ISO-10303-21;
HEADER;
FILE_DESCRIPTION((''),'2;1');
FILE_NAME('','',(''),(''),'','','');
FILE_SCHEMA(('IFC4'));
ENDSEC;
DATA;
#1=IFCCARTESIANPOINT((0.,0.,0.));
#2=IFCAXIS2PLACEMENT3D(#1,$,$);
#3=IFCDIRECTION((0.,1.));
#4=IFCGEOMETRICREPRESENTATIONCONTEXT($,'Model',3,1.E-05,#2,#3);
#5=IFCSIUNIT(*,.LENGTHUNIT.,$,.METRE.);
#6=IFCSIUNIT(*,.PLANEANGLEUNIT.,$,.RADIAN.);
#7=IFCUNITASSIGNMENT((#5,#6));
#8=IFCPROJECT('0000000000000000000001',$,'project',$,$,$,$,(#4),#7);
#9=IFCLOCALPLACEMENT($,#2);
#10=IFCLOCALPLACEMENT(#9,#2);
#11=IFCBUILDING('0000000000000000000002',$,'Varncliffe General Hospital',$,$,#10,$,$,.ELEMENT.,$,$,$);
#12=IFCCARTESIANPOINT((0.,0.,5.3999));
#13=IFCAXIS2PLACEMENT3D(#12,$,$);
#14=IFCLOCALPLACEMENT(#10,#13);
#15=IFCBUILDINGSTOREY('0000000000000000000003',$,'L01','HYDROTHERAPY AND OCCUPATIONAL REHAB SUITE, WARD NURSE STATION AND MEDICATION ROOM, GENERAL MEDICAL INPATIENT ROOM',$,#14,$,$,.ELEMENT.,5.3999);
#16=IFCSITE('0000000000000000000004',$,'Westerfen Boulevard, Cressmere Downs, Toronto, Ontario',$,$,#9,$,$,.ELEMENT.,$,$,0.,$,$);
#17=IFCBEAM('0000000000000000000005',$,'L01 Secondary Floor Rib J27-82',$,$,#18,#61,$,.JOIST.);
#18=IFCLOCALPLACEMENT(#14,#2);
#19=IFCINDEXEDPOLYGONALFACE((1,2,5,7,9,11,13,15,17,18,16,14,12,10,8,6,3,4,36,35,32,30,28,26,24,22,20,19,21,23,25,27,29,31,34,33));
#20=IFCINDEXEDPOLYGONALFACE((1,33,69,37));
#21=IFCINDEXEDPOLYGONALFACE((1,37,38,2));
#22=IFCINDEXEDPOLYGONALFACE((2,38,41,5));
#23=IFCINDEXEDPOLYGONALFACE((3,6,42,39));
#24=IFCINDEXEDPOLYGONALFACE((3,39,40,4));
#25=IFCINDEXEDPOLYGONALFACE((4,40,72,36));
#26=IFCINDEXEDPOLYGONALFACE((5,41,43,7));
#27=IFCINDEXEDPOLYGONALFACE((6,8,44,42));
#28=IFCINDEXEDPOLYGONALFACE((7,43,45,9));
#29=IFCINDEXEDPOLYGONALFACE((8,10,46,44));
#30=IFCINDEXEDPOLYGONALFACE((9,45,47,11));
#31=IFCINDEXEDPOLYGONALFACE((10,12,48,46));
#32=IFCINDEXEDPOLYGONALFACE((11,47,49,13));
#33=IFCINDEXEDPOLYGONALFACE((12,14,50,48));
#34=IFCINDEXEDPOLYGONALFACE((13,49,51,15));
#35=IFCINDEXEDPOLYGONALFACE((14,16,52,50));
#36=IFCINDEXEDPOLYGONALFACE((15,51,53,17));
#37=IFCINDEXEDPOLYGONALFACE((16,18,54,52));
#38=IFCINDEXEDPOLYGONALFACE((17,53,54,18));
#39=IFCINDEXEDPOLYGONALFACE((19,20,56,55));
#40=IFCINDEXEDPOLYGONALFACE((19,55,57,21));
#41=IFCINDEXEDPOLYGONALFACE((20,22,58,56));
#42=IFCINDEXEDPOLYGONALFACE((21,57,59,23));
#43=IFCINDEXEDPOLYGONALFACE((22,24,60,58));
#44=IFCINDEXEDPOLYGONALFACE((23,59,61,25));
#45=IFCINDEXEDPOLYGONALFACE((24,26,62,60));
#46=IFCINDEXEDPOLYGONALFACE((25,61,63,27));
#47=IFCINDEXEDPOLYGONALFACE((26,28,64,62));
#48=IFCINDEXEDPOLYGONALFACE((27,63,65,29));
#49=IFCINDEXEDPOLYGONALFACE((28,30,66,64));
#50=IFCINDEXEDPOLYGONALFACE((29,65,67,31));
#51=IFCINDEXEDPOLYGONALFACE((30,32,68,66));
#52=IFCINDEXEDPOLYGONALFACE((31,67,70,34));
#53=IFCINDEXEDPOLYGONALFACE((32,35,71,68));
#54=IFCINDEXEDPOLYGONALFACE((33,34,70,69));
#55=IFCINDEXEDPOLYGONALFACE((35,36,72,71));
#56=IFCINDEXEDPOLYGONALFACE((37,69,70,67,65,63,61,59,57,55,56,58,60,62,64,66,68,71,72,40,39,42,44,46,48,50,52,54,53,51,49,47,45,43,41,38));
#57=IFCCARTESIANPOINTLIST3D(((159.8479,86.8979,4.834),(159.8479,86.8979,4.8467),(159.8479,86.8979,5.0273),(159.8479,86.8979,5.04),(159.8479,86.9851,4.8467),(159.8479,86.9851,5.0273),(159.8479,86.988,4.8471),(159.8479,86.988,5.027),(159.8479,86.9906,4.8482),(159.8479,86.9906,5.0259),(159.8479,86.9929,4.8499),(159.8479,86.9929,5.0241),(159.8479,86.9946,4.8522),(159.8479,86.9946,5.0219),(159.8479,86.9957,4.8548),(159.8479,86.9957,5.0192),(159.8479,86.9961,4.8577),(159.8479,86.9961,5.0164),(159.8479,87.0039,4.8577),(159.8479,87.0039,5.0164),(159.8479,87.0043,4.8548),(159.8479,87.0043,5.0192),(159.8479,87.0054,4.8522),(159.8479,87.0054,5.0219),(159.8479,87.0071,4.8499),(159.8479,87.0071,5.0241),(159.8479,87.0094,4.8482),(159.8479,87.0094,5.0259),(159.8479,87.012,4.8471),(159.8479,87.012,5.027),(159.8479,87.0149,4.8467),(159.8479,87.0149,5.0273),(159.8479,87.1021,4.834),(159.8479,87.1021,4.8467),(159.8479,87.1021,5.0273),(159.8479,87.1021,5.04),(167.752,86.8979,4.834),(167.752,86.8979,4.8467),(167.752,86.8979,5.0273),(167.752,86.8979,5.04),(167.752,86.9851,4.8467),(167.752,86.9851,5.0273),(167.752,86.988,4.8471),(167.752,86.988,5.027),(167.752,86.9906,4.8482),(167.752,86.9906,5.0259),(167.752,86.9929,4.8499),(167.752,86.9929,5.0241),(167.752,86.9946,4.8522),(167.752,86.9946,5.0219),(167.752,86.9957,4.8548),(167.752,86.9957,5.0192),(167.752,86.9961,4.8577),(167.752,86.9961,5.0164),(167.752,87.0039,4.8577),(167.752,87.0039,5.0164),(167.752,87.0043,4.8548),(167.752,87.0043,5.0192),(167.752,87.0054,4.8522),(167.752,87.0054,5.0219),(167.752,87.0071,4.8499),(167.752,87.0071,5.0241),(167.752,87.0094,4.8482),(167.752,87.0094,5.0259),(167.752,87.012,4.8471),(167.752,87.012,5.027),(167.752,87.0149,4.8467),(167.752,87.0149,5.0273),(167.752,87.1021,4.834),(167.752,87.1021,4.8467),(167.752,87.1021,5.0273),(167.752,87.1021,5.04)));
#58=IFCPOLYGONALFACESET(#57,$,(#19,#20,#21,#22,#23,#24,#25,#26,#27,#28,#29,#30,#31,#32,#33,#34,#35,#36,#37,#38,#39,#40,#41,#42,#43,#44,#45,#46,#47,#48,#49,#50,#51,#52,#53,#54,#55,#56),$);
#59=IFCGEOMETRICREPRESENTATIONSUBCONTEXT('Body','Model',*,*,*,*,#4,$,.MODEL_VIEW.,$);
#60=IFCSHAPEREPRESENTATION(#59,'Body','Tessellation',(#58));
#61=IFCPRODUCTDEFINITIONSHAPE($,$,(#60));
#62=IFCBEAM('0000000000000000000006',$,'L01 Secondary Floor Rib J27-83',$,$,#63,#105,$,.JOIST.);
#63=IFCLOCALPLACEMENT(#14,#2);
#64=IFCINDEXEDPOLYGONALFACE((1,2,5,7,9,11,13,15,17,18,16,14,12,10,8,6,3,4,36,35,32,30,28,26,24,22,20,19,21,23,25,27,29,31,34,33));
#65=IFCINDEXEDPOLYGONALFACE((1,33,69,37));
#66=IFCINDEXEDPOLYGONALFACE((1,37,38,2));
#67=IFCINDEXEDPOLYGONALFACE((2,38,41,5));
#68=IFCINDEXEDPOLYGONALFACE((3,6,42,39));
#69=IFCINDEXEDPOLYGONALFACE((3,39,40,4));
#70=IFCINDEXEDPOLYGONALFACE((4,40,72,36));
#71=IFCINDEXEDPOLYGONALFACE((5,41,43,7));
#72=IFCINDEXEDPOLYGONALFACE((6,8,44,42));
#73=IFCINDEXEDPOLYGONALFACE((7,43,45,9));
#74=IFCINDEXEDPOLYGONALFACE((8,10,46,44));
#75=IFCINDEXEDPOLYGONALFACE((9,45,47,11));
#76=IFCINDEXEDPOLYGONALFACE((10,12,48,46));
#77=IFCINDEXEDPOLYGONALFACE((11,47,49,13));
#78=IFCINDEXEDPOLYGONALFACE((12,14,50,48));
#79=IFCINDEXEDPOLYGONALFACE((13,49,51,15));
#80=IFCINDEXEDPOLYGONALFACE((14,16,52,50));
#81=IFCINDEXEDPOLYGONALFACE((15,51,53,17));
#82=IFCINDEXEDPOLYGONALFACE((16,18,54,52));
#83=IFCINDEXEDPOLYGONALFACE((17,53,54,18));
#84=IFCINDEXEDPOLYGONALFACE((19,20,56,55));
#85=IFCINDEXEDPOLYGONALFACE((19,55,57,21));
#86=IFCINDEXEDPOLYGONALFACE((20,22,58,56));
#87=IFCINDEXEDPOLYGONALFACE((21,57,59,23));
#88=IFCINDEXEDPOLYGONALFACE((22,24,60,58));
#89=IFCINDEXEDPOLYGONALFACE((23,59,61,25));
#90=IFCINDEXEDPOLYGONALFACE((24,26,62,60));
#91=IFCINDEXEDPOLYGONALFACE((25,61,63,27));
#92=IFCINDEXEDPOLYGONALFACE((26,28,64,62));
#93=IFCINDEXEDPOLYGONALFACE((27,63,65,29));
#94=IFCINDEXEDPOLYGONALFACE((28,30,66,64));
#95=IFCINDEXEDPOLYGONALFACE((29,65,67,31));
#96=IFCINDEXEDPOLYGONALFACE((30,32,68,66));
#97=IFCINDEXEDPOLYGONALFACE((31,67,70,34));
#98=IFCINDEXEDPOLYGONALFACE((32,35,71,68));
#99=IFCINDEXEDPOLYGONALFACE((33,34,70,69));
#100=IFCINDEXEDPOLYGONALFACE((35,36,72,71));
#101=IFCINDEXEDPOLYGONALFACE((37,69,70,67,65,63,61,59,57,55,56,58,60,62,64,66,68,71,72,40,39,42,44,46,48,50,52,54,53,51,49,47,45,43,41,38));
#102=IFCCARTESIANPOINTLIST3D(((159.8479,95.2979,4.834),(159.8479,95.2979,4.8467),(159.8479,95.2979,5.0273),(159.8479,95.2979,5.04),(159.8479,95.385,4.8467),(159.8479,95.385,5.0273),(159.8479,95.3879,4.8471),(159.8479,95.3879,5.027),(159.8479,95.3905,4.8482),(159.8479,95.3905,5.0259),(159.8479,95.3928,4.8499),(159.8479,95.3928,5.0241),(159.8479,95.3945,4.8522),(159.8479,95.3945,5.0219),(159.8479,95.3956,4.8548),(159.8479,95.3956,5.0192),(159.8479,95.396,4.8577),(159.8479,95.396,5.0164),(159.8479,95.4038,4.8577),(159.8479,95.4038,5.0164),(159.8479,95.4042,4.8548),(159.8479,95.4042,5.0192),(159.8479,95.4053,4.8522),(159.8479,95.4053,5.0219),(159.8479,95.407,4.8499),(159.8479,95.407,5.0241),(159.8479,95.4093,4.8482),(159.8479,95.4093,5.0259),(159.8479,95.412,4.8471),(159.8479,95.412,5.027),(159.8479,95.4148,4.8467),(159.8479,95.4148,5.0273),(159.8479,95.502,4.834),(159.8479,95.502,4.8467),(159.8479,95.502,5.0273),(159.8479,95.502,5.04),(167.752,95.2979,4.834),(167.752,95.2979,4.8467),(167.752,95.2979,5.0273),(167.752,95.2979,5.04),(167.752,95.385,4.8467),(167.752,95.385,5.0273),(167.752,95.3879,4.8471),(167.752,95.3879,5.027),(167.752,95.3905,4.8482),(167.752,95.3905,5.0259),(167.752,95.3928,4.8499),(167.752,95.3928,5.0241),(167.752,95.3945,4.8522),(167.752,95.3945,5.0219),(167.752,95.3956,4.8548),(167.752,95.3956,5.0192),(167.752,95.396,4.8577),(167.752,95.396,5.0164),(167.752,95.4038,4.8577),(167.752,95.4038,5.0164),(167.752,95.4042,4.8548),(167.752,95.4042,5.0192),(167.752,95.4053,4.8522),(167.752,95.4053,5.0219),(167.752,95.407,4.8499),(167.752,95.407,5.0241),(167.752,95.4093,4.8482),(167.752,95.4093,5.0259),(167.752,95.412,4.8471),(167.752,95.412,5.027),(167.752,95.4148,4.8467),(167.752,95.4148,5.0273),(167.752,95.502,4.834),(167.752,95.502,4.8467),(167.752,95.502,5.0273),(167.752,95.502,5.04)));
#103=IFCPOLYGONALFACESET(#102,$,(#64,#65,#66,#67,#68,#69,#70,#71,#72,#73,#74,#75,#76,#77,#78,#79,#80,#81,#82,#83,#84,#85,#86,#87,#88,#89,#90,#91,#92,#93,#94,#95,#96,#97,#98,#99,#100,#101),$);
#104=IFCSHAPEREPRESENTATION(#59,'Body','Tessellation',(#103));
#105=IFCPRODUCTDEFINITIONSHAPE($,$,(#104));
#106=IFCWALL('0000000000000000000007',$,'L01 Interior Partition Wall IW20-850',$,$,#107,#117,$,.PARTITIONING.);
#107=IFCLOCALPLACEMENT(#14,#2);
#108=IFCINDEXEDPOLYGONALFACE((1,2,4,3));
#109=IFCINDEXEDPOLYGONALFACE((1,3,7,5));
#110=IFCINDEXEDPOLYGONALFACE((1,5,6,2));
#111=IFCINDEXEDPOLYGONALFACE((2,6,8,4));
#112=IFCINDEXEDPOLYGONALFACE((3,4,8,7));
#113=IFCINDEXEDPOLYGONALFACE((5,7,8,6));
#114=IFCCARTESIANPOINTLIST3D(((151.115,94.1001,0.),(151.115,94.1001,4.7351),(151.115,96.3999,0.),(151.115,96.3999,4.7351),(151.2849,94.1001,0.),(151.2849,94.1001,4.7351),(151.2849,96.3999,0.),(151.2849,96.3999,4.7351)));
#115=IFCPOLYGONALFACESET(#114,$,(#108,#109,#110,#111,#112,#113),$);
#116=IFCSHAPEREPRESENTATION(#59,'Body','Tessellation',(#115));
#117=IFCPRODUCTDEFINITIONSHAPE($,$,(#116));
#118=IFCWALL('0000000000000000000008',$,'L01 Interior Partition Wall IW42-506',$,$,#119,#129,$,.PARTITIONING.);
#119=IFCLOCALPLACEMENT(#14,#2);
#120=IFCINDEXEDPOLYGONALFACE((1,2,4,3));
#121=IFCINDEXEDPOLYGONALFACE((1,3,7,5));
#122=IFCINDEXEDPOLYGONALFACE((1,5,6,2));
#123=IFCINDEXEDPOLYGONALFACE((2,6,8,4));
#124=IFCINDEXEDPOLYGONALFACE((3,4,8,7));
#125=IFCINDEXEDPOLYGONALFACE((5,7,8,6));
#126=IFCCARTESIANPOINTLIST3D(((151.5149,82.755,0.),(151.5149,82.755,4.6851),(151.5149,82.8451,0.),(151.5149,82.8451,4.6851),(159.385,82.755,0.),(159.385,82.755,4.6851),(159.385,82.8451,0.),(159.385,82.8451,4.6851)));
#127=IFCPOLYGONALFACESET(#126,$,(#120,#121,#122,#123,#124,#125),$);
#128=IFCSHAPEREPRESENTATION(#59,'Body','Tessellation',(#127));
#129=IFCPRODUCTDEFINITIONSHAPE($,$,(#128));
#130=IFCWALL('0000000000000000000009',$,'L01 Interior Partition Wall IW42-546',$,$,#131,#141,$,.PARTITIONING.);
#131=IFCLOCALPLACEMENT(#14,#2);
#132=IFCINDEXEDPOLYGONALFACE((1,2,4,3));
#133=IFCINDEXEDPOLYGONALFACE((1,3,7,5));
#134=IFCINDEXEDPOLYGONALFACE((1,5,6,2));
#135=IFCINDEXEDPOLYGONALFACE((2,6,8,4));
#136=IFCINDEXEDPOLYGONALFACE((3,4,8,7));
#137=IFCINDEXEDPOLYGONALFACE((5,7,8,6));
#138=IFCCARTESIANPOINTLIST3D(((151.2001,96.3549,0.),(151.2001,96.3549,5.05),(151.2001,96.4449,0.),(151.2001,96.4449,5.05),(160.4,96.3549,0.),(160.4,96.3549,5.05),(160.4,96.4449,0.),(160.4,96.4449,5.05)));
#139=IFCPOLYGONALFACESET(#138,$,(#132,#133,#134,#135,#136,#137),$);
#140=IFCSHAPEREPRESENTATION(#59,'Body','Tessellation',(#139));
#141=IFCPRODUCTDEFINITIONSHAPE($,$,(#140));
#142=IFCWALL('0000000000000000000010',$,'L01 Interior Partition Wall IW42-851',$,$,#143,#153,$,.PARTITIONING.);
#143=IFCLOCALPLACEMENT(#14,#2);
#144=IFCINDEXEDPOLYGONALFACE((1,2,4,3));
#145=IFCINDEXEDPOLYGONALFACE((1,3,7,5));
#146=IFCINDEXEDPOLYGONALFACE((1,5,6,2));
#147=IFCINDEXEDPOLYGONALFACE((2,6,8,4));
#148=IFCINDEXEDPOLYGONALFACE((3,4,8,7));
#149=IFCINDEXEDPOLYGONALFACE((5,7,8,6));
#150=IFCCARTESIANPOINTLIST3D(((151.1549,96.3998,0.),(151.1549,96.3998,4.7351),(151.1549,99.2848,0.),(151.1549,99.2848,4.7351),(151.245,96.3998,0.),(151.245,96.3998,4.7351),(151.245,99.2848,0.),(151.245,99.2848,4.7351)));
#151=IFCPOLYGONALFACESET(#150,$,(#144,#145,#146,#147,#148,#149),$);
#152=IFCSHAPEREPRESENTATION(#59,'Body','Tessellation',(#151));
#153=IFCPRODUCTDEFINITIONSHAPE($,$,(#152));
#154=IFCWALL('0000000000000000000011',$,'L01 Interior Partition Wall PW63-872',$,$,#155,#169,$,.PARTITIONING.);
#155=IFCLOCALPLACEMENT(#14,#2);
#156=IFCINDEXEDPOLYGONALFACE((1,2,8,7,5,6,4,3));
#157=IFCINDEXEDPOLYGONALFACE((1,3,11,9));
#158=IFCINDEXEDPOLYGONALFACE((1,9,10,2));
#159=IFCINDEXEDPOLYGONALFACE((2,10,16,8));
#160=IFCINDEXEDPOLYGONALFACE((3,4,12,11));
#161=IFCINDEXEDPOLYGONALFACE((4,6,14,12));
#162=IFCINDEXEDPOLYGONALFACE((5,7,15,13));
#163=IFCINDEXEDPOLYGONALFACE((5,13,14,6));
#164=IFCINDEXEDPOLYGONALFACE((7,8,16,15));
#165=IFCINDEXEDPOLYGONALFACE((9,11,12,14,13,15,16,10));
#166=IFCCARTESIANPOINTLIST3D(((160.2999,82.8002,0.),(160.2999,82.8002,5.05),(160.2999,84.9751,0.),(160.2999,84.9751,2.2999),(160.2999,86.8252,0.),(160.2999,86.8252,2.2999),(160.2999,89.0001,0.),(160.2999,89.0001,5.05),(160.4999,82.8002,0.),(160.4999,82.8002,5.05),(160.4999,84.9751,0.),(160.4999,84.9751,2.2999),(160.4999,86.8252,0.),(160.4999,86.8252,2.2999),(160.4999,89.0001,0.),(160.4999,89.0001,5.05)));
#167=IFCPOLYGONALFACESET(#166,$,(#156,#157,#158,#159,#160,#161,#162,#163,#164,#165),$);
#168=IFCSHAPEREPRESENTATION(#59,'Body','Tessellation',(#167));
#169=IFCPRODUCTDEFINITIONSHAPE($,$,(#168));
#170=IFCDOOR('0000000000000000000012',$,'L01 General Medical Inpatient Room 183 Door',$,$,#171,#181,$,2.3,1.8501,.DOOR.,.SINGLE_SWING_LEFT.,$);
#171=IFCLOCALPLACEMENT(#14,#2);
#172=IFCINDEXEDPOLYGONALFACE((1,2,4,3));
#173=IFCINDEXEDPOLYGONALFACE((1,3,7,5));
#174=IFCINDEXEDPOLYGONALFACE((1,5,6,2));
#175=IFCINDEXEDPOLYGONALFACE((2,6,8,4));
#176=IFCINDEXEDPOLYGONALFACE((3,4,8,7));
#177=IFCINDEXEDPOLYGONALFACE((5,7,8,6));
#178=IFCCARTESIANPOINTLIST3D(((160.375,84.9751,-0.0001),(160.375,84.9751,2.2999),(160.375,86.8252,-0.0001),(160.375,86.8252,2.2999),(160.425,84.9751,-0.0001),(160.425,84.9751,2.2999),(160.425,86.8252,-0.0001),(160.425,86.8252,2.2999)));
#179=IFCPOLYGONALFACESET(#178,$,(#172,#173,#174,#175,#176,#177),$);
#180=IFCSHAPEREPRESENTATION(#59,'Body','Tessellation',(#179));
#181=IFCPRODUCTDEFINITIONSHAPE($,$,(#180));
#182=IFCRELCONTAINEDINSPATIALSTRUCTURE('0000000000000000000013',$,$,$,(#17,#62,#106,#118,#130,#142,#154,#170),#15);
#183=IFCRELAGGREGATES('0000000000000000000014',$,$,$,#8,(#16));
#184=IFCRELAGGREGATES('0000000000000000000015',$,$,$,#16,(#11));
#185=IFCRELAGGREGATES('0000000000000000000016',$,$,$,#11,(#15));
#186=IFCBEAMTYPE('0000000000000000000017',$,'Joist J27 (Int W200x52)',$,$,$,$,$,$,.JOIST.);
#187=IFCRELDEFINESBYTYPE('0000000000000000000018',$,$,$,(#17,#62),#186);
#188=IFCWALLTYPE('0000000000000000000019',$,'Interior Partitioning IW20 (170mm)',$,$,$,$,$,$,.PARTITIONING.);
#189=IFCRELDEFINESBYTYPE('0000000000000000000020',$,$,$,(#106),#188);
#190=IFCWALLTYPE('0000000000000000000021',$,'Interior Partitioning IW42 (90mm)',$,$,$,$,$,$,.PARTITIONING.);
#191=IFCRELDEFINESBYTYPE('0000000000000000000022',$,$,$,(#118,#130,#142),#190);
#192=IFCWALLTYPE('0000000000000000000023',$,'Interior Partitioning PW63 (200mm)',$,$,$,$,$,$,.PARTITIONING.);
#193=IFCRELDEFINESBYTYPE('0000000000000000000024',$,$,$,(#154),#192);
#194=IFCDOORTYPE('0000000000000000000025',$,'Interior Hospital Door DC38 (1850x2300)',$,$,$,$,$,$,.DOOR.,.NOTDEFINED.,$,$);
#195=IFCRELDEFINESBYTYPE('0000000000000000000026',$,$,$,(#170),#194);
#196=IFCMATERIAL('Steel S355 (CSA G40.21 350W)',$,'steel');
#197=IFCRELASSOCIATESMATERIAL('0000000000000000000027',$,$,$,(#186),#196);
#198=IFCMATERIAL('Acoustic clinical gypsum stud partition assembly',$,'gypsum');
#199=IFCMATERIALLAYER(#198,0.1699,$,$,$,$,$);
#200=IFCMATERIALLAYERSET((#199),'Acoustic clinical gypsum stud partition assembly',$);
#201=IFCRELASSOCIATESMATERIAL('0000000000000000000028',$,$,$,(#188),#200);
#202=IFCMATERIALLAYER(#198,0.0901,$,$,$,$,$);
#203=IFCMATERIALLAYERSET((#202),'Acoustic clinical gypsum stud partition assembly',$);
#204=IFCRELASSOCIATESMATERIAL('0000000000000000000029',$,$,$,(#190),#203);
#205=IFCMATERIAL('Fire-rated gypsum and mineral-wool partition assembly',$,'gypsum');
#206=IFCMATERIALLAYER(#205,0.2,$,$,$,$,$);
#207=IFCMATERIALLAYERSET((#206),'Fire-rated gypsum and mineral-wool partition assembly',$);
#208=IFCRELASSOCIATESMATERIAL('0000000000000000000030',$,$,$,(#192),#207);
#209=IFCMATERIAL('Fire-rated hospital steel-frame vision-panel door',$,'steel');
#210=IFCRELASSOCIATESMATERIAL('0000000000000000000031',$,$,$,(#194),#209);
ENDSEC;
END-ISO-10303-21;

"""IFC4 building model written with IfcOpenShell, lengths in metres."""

from ifc_helpers import new_model, si_unit, direction, frame, frame_2d, origin, origin_2d, place, context, subcontext, project, spatial, rectangle, i_section, extrude, material, layer, layer_set, material_profile, profile_set, type_object, element, fill, save


model = new_model("IFC4")

# Units and contexts
model_context = context("Model", 3, precision=1e-05, world=origin(), true_north=direction((0.0, 1.0)))
body_context = subcontext(model_context, "Body", "Model", "MODEL_VIEW")
ifc_project = project(units=[si_unit("LENGTHUNIT", "METRE"), si_unit("PLANEANGLEUNIT", "RADIAN")], contexts=[model_context])

# Site, building, storey
site_placement = place(None, origin())
site = spatial("IfcSite", under=ifc_project, at=site_placement, Name="Westerfen Boulevard, Cressmere Downs, Toronto, Ontario", CompositionType="ELEMENT", RefElevation=0.0)
building_placement = place(site_placement, origin())
building = spatial("IfcBuilding", under=site, at=building_placement, Name="Varncliffe General Hospital", CompositionType="ELEMENT")
storey_placement = place(building_placement, frame((0.0, 0.0, 5.3999)))
storey = spatial("IfcBuildingStorey", under=building, at=storey_placement, Name="L01", Description="HYDROTHERAPY AND OCCUPATIONAL REHAB SUITE, WARD NURSE STATION AND MEDICATION ROOM, GENERAL MEDICAL INPATIENT ROOM", CompositionType="ELEMENT", Elevation=5.3999)

# Beams
ifc_material_1 = material(Name="Steel S355 (CSA G40.21 350W)", Category="steel")
ifc_material_profile_1 = material_profile(ifc_material_1, i_section(OverallWidth=0.2041, OverallDepth=0.2061, WebThickness=0.0078, FlangeThickness=0.0127, FilletRadius=0.011, at=origin_2d()), Name="W200x52")
ifc_profile_set_1 = profile_set([ifc_material_profile_1], Name="Steel S355 (CSA G40.21 350W)")
beam_type_1 = type_object("IfcBeamType", Name="Joist J27 (Int W200x52)", PredefinedType="JOIST", material=ifc_profile_set_1)
for number, where, z_axis, x_axis, name in (
    (1, (159.8479, 87.0, 4.937), (1.0, 0.0, 0.0), (0.0, 1.0, 0.0), "L01 Secondary Floor Rib J27-82"),
    (2, (159.8479, 95.3999, 4.937), (1.0, 0.0, 0.0), (0.0, 1.0, 0.0), "L01 Secondary Floor Rib J27-83"),
):
    element("IfcBeam", number, at=place(storey_placement, frame(where, z_axis=z_axis, x_axis=x_axis)), inside=storey, type_object=beam_type_1, Name=name, PredefinedType="JOIST", context=body_context, shape_type="SweptSolid", body=[
        extrude(i_section(OverallWidth=0.2041, OverallDepth=0.2061, WebThickness=0.0078, FlangeThickness=0.0127, FilletRadius=0.011, at=origin_2d()), origin(), (0.0, 0.0, 1.0), 7.9041),
    ])

# Walls
ifc_material_2 = material(Name="Acoustic clinical gypsum stud partition assembly", Category="gypsum")
ifc_layer_1 = layer(ifc_material_2, 0.1699)
ifc_layer_set_1 = layer_set([ifc_layer_1], Name="Acoustic clinical gypsum stud partition assembly")
wall_type_1 = type_object("IfcWallType", Name="Interior Partitioning IW20 (170mm)", PredefinedType="PARTITIONING", material=ifc_layer_set_1)
wall_1_placement = place(storey_placement, frame((151.2, 94.1001, 0.0), z_axis=(0.0, 0.0, 1.0), x_axis=(0.0, 1.0, 0.0)))
element("IfcWall", 3, at=wall_1_placement, inside=storey, type_object=wall_type_1, Name="L01 Interior Partition Wall IW20-850", PredefinedType="PARTITIONING", context=body_context, shape_type="SweptSolid", body=[
    extrude(rectangle(XDim=2.2998, YDim=0.1699, at=frame_2d((1.1499, 0.0))), origin(), (0.0, 0.0, 1.0), 4.7351),
])
ifc_layer_2 = layer(ifc_material_2, 0.0901)
ifc_layer_set_2 = layer_set([ifc_layer_2], Name="Acoustic clinical gypsum stud partition assembly")
wall_type_2 = type_object("IfcWallType", Name="Interior Partitioning IW42 (90mm)", PredefinedType="PARTITIONING", material=ifc_layer_set_2)
wall_2_placement = place(storey_placement, frame((151.5149, 82.8, 0.0), z_axis=(0.0, 0.0, 1.0), x_axis=(1.0, 0.0, 0.0)))
element("IfcWall", 4, at=wall_2_placement, inside=storey, type_object=wall_type_2, Name="L01 Interior Partition Wall IW42-506", PredefinedType="PARTITIONING", context=body_context, shape_type="SweptSolid", body=[
    extrude(rectangle(XDim=7.8701, YDim=0.0901, at=frame_2d((3.9351, 0.0))), origin(), (0.0, 0.0, 1.0), 4.6851),
])
wall_3_placement = place(storey_placement, frame((151.2, 96.3999, 0.0), z_axis=(0.0, 0.0, 1.0), x_axis=(1.0, 0.0, 0.0)))
element("IfcWall", 5, at=wall_3_placement, inside=storey, type_object=wall_type_2, Name="L01 Interior Partition Wall IW42-546", PredefinedType="PARTITIONING", context=body_context, shape_type="SweptSolid", body=[
    extrude(rectangle(XDim=9.2, YDim=0.0901, at=frame_2d((4.6001, 0.0))), origin(), (0.0, 0.0, 1.0), 5.05),
])
wall_4_placement = place(storey_placement, frame((151.2, 96.3999, 0.0), z_axis=(0.0, 0.0, 1.0), x_axis=(0.0, 1.0, 0.0)))
element("IfcWall", 6, at=wall_4_placement, inside=storey, type_object=wall_type_2, Name="L01 Interior Partition Wall IW42-851", PredefinedType="PARTITIONING", context=body_context, shape_type="SweptSolid", body=[
    extrude(rectangle(XDim=2.885, YDim=0.0901, at=frame_2d((1.4424, 0.0))), origin(), (0.0, 0.0, 1.0), 4.7351),
])

# Wall, opening, door
ifc_material_3 = material(Name="Fire-rated gypsum and mineral-wool partition assembly", Category="gypsum")
ifc_layer_3 = layer(ifc_material_3, 0.2)
ifc_layer_set_3 = layer_set([ifc_layer_3], Name="Fire-rated gypsum and mineral-wool partition assembly")
wall_type_3 = type_object("IfcWallType", Name="Interior Partitioning PW63 (200mm)", PredefinedType="PARTITIONING", material=ifc_layer_set_3)
wall_5_placement = place(storey_placement, frame((160.3999, 82.8, 0.0), z_axis=(0.0, 0.0, 1.0), x_axis=(0.0, 1.0, 0.0)))
wall_5 = element("IfcWall", 7, at=wall_5_placement, inside=storey, type_object=wall_type_3, Name="L01 Interior Partition Wall PW63-872", PredefinedType="PARTITIONING", context=body_context, shape_type="SweptSolid", body=[
    extrude(rectangle(XDim=6.2, YDim=0.2, at=frame_2d((3.1001, 0.0))), origin(), (0.0, 0.0, 1.0), 5.05),
])
opening_1_placement = place(wall_5_placement, frame((2.175, 0.0, 0.0)))
opening_1 = element("IfcOpeningElement", 8, at=opening_1_placement, cuts=wall_5, PredefinedType="OPENING", context=body_context, shape_type="SweptSolid", body=[
    extrude(rectangle(XDim=1.8501, YDim=2.3, at=frame_2d((0.925, 1.1499))), frame((0.0, 0.1099, 0.0), z_axis=(0.0, -1.0, 0.0), x_axis=(1.0, 0.0, 0.0)), (0.0, 0.0, 1.0), 0.22),
])
ifc_material_4 = material(Name="Fire-rated hospital steel-frame vision-panel door", Category="steel")
door_type_1 = type_object("IfcDoorType", Name="Interior Hospital Door DC38 (1850x2300)", OperationType="NOTDEFINED", PredefinedType="DOOR", material=ifc_material_4)
door_1_placement = place(opening_1_placement, origin())
door_1 = element("IfcDoor", 9, at=door_1_placement, inside=storey, type_object=door_type_1, Name="L01 General Medical Inpatient Room 183 Door", OperationType="SINGLE_SWING_LEFT", OverallHeight=2.3, OverallWidth=1.8501, PredefinedType="DOOR", context=body_context, shape_type="SweptSolid", body=[
    extrude(rectangle(XDim=1.8501, YDim=2.3, at=frame_2d((0.925, 1.1499))), frame((0.0, 0.0249, 0.0), z_axis=(0.0, -1.0, 0.0), x_axis=(1.0, 0.0, 0.0)), (0.0, 0.0, 1.0), 0.05),
])
fill(opening_1, door_1)

save(model, "model.ifc")
